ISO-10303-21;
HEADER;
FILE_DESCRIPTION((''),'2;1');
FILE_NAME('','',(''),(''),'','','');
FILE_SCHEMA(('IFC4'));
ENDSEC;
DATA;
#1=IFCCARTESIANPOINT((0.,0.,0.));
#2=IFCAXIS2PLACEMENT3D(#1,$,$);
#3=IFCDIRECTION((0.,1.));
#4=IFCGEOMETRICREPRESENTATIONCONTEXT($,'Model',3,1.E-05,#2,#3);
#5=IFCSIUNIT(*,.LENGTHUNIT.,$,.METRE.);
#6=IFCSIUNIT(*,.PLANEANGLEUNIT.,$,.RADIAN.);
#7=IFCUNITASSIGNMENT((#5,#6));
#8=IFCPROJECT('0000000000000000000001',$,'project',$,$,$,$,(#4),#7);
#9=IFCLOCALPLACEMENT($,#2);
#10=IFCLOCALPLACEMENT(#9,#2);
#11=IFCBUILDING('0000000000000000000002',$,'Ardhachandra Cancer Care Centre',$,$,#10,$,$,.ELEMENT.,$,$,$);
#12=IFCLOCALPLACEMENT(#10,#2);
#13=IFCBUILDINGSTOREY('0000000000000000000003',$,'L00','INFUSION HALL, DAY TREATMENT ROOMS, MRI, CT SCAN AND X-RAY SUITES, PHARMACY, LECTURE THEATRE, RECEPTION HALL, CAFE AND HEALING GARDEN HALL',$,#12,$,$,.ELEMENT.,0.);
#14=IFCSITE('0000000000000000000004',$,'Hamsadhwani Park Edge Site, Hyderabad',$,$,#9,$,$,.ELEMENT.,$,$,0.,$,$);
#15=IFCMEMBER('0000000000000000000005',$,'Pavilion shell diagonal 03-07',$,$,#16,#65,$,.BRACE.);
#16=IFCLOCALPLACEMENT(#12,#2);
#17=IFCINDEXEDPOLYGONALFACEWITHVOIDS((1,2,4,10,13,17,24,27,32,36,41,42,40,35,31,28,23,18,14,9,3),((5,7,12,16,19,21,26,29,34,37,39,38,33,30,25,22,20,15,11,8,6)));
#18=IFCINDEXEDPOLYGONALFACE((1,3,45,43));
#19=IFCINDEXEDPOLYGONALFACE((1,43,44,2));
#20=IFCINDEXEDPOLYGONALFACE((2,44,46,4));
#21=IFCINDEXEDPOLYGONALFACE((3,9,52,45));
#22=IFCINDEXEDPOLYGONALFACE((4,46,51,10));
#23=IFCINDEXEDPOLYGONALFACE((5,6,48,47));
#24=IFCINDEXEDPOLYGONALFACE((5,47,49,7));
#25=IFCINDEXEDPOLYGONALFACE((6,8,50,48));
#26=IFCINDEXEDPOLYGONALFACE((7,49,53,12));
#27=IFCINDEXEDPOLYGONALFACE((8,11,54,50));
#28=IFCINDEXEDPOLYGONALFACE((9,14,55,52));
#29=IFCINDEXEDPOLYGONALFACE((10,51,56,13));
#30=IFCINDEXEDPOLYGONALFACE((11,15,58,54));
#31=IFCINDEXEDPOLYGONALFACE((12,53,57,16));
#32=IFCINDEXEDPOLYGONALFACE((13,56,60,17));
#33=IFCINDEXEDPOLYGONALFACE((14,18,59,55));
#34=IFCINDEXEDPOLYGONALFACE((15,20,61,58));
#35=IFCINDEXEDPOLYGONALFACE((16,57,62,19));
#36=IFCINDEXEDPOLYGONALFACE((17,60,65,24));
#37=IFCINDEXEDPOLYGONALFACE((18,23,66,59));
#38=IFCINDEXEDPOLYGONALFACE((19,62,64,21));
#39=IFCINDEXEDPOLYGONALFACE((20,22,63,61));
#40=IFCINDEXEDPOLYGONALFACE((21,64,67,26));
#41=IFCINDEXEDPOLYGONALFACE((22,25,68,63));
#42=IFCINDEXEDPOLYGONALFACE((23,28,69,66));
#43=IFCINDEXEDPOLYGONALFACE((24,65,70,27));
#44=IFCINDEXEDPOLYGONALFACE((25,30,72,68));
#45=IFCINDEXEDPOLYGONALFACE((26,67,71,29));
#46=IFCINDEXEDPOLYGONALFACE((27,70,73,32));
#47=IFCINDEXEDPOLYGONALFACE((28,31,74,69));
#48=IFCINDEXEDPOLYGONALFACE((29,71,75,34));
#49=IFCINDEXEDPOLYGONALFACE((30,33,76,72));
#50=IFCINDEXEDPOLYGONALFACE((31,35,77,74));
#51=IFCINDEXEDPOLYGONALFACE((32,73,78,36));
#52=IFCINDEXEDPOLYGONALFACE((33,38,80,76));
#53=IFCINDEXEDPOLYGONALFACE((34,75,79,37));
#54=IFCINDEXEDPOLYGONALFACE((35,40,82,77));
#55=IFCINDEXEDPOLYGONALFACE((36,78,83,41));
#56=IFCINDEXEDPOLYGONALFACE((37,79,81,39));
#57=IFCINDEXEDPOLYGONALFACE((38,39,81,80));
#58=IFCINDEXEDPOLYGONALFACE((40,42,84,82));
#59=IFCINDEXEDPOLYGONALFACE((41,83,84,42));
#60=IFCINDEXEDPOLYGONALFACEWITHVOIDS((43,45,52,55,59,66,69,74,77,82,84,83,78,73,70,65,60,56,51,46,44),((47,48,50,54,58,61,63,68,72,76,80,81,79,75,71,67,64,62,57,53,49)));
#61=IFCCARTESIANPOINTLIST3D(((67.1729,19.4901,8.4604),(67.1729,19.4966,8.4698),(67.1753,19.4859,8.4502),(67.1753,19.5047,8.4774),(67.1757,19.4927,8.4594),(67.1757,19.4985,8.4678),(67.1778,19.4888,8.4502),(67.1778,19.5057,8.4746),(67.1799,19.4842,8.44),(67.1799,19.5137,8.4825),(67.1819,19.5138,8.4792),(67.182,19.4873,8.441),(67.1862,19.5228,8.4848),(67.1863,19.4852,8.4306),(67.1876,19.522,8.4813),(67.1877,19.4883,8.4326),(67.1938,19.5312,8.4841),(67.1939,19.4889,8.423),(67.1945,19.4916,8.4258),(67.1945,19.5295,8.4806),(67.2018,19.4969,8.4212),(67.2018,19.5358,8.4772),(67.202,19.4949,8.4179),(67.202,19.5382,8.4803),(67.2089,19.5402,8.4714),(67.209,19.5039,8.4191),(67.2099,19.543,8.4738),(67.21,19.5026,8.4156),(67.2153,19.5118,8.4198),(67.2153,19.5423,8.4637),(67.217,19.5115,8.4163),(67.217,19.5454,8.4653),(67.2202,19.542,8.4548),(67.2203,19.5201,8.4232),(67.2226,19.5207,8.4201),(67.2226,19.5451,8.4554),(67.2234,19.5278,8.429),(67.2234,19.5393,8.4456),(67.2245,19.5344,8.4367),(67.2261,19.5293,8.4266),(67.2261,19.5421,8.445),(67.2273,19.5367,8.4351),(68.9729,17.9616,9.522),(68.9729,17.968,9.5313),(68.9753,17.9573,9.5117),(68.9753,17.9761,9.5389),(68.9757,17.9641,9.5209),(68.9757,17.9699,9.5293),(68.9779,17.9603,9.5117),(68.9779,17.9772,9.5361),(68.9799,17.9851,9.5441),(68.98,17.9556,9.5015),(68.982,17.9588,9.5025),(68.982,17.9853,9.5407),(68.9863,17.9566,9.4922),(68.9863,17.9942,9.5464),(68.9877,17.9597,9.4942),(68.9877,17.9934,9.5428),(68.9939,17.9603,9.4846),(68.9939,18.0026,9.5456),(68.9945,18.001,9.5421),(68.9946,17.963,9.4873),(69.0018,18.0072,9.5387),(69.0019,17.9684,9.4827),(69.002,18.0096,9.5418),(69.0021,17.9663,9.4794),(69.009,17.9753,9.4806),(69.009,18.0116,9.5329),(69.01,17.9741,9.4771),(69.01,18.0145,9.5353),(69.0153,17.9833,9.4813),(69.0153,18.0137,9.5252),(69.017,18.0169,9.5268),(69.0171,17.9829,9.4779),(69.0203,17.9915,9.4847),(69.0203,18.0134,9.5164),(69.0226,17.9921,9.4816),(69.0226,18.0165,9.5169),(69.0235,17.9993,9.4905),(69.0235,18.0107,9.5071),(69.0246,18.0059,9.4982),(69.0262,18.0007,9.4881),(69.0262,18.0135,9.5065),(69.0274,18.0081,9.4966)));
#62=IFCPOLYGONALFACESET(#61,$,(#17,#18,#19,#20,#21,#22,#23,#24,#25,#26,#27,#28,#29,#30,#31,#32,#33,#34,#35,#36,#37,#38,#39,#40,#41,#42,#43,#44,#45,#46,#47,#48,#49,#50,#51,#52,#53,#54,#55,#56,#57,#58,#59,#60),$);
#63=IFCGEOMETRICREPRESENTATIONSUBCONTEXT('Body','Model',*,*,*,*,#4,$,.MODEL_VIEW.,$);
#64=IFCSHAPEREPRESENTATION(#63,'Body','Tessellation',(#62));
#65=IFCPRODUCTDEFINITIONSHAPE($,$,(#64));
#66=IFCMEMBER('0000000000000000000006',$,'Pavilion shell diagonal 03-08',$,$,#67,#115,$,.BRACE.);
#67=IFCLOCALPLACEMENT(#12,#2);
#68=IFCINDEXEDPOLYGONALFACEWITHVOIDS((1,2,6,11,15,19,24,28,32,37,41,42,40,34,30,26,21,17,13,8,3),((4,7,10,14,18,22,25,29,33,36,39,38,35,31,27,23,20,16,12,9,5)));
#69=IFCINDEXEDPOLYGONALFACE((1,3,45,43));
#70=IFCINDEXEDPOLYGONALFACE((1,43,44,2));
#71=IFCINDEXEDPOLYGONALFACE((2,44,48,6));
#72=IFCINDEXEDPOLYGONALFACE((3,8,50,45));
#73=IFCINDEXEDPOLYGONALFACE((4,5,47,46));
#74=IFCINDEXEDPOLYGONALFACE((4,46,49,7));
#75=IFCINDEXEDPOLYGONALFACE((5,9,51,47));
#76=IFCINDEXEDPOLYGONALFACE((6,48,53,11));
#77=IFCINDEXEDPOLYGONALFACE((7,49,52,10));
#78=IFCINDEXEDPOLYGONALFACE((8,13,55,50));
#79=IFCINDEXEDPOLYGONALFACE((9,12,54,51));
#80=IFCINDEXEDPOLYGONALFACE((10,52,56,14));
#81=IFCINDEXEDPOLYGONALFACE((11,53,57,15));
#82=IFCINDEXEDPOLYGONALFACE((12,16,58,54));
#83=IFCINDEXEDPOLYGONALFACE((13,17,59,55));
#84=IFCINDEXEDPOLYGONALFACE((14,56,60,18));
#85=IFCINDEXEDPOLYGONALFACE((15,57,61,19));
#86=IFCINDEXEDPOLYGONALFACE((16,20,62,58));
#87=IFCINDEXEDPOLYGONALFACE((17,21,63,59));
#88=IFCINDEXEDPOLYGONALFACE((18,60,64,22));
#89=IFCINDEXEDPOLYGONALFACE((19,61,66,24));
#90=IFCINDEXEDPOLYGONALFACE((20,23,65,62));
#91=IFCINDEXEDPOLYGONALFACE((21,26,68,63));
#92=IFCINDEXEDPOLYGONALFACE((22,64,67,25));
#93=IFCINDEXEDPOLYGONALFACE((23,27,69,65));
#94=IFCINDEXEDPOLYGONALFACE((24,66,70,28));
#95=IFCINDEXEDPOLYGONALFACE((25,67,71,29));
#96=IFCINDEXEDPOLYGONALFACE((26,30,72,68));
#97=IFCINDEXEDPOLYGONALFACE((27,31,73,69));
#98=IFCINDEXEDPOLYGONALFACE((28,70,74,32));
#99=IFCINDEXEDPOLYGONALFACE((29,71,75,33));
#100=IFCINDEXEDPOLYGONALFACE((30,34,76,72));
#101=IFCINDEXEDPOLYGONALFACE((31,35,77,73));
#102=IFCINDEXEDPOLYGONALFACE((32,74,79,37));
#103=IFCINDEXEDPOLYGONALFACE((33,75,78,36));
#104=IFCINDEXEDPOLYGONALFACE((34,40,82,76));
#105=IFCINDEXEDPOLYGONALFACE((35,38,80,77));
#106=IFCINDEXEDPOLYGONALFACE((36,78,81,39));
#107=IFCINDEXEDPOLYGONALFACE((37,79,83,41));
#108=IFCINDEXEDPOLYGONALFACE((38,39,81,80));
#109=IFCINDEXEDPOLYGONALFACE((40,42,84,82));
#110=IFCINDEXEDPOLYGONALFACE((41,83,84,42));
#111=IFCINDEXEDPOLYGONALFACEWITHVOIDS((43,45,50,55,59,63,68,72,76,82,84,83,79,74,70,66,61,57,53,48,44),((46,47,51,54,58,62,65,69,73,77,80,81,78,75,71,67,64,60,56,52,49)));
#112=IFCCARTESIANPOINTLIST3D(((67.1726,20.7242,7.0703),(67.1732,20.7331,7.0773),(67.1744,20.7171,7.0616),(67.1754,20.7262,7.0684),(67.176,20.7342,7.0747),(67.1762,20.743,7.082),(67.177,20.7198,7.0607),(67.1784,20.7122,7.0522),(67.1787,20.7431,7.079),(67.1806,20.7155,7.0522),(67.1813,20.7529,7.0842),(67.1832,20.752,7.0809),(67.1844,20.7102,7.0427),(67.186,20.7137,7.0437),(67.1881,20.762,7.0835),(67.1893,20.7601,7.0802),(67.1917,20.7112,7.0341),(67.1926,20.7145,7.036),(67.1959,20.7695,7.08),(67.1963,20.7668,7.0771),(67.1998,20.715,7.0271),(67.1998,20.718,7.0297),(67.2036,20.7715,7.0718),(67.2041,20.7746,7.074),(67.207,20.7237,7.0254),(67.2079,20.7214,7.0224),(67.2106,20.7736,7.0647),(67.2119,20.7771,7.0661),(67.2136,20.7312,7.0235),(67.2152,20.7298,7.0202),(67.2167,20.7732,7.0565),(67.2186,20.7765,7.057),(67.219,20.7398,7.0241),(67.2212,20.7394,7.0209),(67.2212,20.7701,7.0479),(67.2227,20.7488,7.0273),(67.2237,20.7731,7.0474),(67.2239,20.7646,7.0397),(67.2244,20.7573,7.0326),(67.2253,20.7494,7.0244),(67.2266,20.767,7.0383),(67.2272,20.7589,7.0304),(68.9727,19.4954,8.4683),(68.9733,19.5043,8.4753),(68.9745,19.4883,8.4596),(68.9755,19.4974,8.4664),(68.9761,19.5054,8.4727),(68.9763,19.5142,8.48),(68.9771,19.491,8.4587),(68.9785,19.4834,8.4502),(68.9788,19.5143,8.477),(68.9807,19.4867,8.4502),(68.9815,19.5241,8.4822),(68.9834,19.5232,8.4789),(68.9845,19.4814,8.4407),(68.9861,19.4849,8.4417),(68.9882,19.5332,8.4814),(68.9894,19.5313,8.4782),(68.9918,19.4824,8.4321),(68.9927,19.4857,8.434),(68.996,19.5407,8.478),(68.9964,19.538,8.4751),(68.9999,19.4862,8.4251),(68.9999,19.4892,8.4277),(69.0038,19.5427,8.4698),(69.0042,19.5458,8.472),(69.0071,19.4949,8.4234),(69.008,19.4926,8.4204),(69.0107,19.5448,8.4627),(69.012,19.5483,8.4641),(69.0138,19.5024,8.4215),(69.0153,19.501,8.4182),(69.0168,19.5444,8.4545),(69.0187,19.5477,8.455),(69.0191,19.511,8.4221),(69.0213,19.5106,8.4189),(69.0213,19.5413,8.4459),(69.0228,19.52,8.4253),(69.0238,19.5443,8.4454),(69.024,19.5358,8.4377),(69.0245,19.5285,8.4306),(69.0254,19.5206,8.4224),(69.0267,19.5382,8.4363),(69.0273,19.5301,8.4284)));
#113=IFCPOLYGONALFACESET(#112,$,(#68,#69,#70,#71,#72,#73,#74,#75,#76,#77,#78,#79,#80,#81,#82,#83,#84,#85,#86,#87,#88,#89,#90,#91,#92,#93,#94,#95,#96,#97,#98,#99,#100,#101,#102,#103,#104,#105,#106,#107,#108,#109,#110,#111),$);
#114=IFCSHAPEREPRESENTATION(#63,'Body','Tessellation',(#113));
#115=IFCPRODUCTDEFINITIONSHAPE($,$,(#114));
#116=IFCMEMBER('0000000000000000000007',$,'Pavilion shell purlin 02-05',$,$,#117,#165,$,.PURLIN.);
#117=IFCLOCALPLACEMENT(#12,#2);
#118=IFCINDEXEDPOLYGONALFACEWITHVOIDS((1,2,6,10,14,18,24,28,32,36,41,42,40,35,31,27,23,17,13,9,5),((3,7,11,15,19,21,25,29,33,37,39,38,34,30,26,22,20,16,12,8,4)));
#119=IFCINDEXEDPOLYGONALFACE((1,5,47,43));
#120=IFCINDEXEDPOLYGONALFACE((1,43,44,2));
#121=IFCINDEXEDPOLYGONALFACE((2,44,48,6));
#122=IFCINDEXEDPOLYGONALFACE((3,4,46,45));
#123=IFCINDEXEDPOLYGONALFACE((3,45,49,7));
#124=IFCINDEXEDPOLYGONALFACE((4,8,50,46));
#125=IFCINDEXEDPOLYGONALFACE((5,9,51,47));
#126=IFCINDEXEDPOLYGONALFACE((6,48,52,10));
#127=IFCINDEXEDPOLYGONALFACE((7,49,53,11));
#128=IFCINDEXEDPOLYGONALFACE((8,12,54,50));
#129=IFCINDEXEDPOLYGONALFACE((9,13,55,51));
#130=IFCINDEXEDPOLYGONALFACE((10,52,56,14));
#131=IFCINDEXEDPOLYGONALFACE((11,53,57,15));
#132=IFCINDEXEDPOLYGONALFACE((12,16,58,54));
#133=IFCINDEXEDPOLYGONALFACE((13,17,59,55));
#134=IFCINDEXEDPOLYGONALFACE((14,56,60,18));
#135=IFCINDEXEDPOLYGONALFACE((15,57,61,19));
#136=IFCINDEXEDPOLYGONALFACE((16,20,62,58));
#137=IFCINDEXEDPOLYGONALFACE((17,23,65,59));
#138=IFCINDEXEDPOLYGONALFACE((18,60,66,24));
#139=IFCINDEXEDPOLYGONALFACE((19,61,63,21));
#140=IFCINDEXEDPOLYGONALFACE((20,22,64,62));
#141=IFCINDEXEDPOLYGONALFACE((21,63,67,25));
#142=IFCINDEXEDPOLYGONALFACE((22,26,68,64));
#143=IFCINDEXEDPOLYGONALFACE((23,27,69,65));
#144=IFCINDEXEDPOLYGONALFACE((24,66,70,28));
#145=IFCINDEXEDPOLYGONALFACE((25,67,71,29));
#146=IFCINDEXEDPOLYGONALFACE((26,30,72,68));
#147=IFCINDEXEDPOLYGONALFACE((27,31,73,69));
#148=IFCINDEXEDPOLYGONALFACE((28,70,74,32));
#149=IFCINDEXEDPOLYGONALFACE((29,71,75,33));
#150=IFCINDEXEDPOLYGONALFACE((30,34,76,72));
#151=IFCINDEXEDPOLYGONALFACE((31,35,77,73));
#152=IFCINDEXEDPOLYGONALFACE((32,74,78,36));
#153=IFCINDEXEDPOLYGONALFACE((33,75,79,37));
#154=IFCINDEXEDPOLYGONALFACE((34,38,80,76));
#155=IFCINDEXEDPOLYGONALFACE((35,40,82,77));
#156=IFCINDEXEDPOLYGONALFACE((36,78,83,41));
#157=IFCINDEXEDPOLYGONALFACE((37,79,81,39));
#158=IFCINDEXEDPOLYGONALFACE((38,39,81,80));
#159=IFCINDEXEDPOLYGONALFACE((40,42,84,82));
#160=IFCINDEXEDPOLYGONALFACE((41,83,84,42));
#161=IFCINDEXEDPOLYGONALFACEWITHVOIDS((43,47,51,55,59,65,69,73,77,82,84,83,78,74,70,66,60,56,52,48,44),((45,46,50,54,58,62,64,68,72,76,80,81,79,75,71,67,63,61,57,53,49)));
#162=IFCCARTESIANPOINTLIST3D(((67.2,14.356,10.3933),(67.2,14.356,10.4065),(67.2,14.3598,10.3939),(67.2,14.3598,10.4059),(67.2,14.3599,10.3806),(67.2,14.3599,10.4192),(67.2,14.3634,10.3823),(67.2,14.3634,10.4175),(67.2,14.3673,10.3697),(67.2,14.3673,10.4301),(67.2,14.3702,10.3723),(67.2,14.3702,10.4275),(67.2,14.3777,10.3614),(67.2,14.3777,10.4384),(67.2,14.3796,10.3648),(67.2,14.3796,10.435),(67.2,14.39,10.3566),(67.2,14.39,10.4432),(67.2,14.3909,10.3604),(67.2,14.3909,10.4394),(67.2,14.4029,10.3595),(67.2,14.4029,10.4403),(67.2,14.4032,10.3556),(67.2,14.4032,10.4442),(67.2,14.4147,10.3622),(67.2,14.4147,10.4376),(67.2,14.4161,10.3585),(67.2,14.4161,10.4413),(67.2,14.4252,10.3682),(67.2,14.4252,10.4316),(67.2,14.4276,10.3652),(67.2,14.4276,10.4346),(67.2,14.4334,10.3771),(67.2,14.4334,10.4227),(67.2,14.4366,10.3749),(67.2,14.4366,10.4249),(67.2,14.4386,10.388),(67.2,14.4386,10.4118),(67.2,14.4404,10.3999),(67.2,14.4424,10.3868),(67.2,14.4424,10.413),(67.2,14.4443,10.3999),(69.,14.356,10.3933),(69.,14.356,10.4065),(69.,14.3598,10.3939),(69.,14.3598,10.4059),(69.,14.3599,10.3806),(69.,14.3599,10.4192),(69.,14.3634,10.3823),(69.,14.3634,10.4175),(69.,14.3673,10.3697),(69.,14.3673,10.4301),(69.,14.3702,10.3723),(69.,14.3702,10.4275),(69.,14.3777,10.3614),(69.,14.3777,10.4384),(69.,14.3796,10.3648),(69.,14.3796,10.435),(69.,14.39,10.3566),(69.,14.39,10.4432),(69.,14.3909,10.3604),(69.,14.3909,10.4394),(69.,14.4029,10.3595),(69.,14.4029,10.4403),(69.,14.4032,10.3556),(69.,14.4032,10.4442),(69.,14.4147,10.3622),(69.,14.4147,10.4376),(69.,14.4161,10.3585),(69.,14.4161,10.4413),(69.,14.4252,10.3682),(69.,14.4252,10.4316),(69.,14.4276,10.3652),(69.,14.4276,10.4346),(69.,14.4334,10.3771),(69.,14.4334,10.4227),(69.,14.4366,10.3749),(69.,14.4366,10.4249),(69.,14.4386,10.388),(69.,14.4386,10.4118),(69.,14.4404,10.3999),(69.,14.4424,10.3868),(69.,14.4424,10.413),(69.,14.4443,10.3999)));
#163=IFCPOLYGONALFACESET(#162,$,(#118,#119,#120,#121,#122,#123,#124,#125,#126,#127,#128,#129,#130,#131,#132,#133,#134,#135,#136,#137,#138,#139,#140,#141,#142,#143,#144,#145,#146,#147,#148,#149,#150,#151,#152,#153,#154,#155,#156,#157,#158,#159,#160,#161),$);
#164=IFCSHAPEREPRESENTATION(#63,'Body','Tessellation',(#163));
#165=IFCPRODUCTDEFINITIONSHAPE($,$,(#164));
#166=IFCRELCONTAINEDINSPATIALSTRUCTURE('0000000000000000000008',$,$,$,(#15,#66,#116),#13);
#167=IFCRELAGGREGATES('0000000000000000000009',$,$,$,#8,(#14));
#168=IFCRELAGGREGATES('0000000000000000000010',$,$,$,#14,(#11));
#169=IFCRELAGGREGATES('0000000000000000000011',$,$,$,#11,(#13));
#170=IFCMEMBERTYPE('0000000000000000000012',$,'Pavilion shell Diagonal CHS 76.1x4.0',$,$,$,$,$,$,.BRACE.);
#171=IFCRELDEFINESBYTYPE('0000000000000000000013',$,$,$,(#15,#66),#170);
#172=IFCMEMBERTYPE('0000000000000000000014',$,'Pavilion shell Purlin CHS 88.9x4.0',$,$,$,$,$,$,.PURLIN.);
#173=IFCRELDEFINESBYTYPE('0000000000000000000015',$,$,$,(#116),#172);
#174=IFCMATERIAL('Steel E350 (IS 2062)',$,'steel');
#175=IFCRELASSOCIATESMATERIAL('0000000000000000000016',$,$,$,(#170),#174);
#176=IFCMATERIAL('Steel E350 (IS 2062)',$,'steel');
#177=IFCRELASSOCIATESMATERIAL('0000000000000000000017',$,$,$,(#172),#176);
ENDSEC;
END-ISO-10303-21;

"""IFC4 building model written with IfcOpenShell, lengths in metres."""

from ifc_helpers import new_model, si_unit, direction, frame, origin, origin_2d, place, context, subcontext, project, spatial, hollow_circle, extrude, material, material_profile, profile_set, type_object, element, save


model = new_model("IFC4")

# Units and contexts
model_context = context("Model", 3, precision=1e-05, world=origin(), true_north=direction((0.0, 1.0)))
body_context = subcontext(model_context, "Body", "Model", "MODEL_VIEW")
ifc_project = project(units=[si_unit("LENGTHUNIT", "METRE"), si_unit("PLANEANGLEUNIT", "RADIAN")], contexts=[model_context])

# Site, building, storey
site_placement = place(None, origin())
site = spatial("IfcSite", under=ifc_project, at=site_placement, Name="Hamsadhwani Park Edge Site, Hyderabad", CompositionType="ELEMENT", RefElevation=0.0)
building_placement = place(site_placement, origin())
building = spatial("IfcBuilding", under=site, at=building_placement, Name="Ardhachandra Cancer Care Centre", CompositionType="ELEMENT")
storey_placement = place(building_placement, origin())
storey = spatial("IfcBuildingStorey", under=building, at=storey_placement, Name="L00", Description="INFUSION HALL, DAY TREATMENT ROOMS, MRI, CT SCAN AND X-RAY SUITES, PHARMACY, LECTURE THEATRE, RECEPTION HALL, CAFE AND HEALING GARDEN HALL", CompositionType="ELEMENT", Elevation=0.0)

# Members
ifc_material_1 = material(Name="Steel E350 (IS 2062)", Category="steel")
ifc_material_profile_1 = material_profile(ifc_material_1, hollow_circle(Radius=0.0381, WallThickness=0.0039, at=origin_2d()), Name="CHS 76.1x4.0")
ifc_profile_set_1 = profile_set([ifc_material_profile_1], Name="Steel E350 (IS 2062)")
member_type_1 = type_object("IfcMemberType", Name="Pavilion shell Diagonal CHS 76.1x4.0", PredefinedType="BRACE", material=ifc_profile_set_1)
for number, where, z_axis, x_axis, name in (
    (1, (69.0, 17.9863, 9.5117), (-0.695237, 0.590381, -0.409995), (-0.647285, -0.762248, 0.0), "Pavilion shell diagonal 03-07"),
):
    element("IfcMember", number, at=place(storey_placement, frame(where, z_axis=z_axis, x_axis=x_axis)), inside=storey, type_object=member_type_1, Name=name, PredefinedType="BRACE", context=body_context, shape_type="SweptSolid", body=[
        extrude(hollow_circle(Radius=0.0381, WallThickness=0.0039, at=origin_2d()), origin(), (0.0, 0.0, 1.0), 2.5891),
    ])
member_1_placement = place(storey_placement, frame((69.0, 19.5149, 8.4502), z_axis=(-0.695197, 0.474559, -0.539902), x_axis=(-0.563792, -0.825917, 0.0)))
element("IfcMember", 2, at=member_1_placement, inside=storey, type_object=member_type_1, Name="Pavilion shell diagonal 03-08", PredefinedType="BRACE", context=body_context, shape_type="SweptSolid", body=[
    extrude(hollow_circle(Radius=0.0381, WallThickness=0.0039, at=origin_2d()), origin(), (0.0, 0.0, 1.0), 2.5894),
])
ifc_material_2 = material(Name="Steel E350 (IS 2062)", Category="steel")
ifc_material_profile_2 = material_profile(ifc_material_2, hollow_circle(Radius=0.0444, WallThickness=0.0039, at=origin_2d()), Name="CHS 88.9x4.0")
ifc_profile_set_2 = profile_set([ifc_material_profile_2], Name="Steel E350 (IS 2062)")
member_type_2 = type_object("IfcMemberType", Name="Pavilion shell Purlin CHS 88.9x4.0", PredefinedType="PURLIN", material=ifc_profile_set_2)
for number, where, z_axis, x_axis, name in (
    (3, (67.2, 14.3999, 10.3999), (1.0, 0.0, 0.0), (0.0, 1.0, 0.0), "Pavilion shell purlin 02-05"),
):
    element("IfcMember", number, at=place(storey_placement, frame(where, z_axis=z_axis, x_axis=x_axis)), inside=storey, type_object=member_type_2, Name=name, PredefinedType="PURLIN", context=body_context, shape_type="SweptSolid", body=[
        extrude(hollow_circle(Radius=0.0444, WallThickness=0.0039, at=origin_2d()), origin(), (0.0, 0.0, 1.0), 1.8),
    ])

save(model, "model.ifc")
